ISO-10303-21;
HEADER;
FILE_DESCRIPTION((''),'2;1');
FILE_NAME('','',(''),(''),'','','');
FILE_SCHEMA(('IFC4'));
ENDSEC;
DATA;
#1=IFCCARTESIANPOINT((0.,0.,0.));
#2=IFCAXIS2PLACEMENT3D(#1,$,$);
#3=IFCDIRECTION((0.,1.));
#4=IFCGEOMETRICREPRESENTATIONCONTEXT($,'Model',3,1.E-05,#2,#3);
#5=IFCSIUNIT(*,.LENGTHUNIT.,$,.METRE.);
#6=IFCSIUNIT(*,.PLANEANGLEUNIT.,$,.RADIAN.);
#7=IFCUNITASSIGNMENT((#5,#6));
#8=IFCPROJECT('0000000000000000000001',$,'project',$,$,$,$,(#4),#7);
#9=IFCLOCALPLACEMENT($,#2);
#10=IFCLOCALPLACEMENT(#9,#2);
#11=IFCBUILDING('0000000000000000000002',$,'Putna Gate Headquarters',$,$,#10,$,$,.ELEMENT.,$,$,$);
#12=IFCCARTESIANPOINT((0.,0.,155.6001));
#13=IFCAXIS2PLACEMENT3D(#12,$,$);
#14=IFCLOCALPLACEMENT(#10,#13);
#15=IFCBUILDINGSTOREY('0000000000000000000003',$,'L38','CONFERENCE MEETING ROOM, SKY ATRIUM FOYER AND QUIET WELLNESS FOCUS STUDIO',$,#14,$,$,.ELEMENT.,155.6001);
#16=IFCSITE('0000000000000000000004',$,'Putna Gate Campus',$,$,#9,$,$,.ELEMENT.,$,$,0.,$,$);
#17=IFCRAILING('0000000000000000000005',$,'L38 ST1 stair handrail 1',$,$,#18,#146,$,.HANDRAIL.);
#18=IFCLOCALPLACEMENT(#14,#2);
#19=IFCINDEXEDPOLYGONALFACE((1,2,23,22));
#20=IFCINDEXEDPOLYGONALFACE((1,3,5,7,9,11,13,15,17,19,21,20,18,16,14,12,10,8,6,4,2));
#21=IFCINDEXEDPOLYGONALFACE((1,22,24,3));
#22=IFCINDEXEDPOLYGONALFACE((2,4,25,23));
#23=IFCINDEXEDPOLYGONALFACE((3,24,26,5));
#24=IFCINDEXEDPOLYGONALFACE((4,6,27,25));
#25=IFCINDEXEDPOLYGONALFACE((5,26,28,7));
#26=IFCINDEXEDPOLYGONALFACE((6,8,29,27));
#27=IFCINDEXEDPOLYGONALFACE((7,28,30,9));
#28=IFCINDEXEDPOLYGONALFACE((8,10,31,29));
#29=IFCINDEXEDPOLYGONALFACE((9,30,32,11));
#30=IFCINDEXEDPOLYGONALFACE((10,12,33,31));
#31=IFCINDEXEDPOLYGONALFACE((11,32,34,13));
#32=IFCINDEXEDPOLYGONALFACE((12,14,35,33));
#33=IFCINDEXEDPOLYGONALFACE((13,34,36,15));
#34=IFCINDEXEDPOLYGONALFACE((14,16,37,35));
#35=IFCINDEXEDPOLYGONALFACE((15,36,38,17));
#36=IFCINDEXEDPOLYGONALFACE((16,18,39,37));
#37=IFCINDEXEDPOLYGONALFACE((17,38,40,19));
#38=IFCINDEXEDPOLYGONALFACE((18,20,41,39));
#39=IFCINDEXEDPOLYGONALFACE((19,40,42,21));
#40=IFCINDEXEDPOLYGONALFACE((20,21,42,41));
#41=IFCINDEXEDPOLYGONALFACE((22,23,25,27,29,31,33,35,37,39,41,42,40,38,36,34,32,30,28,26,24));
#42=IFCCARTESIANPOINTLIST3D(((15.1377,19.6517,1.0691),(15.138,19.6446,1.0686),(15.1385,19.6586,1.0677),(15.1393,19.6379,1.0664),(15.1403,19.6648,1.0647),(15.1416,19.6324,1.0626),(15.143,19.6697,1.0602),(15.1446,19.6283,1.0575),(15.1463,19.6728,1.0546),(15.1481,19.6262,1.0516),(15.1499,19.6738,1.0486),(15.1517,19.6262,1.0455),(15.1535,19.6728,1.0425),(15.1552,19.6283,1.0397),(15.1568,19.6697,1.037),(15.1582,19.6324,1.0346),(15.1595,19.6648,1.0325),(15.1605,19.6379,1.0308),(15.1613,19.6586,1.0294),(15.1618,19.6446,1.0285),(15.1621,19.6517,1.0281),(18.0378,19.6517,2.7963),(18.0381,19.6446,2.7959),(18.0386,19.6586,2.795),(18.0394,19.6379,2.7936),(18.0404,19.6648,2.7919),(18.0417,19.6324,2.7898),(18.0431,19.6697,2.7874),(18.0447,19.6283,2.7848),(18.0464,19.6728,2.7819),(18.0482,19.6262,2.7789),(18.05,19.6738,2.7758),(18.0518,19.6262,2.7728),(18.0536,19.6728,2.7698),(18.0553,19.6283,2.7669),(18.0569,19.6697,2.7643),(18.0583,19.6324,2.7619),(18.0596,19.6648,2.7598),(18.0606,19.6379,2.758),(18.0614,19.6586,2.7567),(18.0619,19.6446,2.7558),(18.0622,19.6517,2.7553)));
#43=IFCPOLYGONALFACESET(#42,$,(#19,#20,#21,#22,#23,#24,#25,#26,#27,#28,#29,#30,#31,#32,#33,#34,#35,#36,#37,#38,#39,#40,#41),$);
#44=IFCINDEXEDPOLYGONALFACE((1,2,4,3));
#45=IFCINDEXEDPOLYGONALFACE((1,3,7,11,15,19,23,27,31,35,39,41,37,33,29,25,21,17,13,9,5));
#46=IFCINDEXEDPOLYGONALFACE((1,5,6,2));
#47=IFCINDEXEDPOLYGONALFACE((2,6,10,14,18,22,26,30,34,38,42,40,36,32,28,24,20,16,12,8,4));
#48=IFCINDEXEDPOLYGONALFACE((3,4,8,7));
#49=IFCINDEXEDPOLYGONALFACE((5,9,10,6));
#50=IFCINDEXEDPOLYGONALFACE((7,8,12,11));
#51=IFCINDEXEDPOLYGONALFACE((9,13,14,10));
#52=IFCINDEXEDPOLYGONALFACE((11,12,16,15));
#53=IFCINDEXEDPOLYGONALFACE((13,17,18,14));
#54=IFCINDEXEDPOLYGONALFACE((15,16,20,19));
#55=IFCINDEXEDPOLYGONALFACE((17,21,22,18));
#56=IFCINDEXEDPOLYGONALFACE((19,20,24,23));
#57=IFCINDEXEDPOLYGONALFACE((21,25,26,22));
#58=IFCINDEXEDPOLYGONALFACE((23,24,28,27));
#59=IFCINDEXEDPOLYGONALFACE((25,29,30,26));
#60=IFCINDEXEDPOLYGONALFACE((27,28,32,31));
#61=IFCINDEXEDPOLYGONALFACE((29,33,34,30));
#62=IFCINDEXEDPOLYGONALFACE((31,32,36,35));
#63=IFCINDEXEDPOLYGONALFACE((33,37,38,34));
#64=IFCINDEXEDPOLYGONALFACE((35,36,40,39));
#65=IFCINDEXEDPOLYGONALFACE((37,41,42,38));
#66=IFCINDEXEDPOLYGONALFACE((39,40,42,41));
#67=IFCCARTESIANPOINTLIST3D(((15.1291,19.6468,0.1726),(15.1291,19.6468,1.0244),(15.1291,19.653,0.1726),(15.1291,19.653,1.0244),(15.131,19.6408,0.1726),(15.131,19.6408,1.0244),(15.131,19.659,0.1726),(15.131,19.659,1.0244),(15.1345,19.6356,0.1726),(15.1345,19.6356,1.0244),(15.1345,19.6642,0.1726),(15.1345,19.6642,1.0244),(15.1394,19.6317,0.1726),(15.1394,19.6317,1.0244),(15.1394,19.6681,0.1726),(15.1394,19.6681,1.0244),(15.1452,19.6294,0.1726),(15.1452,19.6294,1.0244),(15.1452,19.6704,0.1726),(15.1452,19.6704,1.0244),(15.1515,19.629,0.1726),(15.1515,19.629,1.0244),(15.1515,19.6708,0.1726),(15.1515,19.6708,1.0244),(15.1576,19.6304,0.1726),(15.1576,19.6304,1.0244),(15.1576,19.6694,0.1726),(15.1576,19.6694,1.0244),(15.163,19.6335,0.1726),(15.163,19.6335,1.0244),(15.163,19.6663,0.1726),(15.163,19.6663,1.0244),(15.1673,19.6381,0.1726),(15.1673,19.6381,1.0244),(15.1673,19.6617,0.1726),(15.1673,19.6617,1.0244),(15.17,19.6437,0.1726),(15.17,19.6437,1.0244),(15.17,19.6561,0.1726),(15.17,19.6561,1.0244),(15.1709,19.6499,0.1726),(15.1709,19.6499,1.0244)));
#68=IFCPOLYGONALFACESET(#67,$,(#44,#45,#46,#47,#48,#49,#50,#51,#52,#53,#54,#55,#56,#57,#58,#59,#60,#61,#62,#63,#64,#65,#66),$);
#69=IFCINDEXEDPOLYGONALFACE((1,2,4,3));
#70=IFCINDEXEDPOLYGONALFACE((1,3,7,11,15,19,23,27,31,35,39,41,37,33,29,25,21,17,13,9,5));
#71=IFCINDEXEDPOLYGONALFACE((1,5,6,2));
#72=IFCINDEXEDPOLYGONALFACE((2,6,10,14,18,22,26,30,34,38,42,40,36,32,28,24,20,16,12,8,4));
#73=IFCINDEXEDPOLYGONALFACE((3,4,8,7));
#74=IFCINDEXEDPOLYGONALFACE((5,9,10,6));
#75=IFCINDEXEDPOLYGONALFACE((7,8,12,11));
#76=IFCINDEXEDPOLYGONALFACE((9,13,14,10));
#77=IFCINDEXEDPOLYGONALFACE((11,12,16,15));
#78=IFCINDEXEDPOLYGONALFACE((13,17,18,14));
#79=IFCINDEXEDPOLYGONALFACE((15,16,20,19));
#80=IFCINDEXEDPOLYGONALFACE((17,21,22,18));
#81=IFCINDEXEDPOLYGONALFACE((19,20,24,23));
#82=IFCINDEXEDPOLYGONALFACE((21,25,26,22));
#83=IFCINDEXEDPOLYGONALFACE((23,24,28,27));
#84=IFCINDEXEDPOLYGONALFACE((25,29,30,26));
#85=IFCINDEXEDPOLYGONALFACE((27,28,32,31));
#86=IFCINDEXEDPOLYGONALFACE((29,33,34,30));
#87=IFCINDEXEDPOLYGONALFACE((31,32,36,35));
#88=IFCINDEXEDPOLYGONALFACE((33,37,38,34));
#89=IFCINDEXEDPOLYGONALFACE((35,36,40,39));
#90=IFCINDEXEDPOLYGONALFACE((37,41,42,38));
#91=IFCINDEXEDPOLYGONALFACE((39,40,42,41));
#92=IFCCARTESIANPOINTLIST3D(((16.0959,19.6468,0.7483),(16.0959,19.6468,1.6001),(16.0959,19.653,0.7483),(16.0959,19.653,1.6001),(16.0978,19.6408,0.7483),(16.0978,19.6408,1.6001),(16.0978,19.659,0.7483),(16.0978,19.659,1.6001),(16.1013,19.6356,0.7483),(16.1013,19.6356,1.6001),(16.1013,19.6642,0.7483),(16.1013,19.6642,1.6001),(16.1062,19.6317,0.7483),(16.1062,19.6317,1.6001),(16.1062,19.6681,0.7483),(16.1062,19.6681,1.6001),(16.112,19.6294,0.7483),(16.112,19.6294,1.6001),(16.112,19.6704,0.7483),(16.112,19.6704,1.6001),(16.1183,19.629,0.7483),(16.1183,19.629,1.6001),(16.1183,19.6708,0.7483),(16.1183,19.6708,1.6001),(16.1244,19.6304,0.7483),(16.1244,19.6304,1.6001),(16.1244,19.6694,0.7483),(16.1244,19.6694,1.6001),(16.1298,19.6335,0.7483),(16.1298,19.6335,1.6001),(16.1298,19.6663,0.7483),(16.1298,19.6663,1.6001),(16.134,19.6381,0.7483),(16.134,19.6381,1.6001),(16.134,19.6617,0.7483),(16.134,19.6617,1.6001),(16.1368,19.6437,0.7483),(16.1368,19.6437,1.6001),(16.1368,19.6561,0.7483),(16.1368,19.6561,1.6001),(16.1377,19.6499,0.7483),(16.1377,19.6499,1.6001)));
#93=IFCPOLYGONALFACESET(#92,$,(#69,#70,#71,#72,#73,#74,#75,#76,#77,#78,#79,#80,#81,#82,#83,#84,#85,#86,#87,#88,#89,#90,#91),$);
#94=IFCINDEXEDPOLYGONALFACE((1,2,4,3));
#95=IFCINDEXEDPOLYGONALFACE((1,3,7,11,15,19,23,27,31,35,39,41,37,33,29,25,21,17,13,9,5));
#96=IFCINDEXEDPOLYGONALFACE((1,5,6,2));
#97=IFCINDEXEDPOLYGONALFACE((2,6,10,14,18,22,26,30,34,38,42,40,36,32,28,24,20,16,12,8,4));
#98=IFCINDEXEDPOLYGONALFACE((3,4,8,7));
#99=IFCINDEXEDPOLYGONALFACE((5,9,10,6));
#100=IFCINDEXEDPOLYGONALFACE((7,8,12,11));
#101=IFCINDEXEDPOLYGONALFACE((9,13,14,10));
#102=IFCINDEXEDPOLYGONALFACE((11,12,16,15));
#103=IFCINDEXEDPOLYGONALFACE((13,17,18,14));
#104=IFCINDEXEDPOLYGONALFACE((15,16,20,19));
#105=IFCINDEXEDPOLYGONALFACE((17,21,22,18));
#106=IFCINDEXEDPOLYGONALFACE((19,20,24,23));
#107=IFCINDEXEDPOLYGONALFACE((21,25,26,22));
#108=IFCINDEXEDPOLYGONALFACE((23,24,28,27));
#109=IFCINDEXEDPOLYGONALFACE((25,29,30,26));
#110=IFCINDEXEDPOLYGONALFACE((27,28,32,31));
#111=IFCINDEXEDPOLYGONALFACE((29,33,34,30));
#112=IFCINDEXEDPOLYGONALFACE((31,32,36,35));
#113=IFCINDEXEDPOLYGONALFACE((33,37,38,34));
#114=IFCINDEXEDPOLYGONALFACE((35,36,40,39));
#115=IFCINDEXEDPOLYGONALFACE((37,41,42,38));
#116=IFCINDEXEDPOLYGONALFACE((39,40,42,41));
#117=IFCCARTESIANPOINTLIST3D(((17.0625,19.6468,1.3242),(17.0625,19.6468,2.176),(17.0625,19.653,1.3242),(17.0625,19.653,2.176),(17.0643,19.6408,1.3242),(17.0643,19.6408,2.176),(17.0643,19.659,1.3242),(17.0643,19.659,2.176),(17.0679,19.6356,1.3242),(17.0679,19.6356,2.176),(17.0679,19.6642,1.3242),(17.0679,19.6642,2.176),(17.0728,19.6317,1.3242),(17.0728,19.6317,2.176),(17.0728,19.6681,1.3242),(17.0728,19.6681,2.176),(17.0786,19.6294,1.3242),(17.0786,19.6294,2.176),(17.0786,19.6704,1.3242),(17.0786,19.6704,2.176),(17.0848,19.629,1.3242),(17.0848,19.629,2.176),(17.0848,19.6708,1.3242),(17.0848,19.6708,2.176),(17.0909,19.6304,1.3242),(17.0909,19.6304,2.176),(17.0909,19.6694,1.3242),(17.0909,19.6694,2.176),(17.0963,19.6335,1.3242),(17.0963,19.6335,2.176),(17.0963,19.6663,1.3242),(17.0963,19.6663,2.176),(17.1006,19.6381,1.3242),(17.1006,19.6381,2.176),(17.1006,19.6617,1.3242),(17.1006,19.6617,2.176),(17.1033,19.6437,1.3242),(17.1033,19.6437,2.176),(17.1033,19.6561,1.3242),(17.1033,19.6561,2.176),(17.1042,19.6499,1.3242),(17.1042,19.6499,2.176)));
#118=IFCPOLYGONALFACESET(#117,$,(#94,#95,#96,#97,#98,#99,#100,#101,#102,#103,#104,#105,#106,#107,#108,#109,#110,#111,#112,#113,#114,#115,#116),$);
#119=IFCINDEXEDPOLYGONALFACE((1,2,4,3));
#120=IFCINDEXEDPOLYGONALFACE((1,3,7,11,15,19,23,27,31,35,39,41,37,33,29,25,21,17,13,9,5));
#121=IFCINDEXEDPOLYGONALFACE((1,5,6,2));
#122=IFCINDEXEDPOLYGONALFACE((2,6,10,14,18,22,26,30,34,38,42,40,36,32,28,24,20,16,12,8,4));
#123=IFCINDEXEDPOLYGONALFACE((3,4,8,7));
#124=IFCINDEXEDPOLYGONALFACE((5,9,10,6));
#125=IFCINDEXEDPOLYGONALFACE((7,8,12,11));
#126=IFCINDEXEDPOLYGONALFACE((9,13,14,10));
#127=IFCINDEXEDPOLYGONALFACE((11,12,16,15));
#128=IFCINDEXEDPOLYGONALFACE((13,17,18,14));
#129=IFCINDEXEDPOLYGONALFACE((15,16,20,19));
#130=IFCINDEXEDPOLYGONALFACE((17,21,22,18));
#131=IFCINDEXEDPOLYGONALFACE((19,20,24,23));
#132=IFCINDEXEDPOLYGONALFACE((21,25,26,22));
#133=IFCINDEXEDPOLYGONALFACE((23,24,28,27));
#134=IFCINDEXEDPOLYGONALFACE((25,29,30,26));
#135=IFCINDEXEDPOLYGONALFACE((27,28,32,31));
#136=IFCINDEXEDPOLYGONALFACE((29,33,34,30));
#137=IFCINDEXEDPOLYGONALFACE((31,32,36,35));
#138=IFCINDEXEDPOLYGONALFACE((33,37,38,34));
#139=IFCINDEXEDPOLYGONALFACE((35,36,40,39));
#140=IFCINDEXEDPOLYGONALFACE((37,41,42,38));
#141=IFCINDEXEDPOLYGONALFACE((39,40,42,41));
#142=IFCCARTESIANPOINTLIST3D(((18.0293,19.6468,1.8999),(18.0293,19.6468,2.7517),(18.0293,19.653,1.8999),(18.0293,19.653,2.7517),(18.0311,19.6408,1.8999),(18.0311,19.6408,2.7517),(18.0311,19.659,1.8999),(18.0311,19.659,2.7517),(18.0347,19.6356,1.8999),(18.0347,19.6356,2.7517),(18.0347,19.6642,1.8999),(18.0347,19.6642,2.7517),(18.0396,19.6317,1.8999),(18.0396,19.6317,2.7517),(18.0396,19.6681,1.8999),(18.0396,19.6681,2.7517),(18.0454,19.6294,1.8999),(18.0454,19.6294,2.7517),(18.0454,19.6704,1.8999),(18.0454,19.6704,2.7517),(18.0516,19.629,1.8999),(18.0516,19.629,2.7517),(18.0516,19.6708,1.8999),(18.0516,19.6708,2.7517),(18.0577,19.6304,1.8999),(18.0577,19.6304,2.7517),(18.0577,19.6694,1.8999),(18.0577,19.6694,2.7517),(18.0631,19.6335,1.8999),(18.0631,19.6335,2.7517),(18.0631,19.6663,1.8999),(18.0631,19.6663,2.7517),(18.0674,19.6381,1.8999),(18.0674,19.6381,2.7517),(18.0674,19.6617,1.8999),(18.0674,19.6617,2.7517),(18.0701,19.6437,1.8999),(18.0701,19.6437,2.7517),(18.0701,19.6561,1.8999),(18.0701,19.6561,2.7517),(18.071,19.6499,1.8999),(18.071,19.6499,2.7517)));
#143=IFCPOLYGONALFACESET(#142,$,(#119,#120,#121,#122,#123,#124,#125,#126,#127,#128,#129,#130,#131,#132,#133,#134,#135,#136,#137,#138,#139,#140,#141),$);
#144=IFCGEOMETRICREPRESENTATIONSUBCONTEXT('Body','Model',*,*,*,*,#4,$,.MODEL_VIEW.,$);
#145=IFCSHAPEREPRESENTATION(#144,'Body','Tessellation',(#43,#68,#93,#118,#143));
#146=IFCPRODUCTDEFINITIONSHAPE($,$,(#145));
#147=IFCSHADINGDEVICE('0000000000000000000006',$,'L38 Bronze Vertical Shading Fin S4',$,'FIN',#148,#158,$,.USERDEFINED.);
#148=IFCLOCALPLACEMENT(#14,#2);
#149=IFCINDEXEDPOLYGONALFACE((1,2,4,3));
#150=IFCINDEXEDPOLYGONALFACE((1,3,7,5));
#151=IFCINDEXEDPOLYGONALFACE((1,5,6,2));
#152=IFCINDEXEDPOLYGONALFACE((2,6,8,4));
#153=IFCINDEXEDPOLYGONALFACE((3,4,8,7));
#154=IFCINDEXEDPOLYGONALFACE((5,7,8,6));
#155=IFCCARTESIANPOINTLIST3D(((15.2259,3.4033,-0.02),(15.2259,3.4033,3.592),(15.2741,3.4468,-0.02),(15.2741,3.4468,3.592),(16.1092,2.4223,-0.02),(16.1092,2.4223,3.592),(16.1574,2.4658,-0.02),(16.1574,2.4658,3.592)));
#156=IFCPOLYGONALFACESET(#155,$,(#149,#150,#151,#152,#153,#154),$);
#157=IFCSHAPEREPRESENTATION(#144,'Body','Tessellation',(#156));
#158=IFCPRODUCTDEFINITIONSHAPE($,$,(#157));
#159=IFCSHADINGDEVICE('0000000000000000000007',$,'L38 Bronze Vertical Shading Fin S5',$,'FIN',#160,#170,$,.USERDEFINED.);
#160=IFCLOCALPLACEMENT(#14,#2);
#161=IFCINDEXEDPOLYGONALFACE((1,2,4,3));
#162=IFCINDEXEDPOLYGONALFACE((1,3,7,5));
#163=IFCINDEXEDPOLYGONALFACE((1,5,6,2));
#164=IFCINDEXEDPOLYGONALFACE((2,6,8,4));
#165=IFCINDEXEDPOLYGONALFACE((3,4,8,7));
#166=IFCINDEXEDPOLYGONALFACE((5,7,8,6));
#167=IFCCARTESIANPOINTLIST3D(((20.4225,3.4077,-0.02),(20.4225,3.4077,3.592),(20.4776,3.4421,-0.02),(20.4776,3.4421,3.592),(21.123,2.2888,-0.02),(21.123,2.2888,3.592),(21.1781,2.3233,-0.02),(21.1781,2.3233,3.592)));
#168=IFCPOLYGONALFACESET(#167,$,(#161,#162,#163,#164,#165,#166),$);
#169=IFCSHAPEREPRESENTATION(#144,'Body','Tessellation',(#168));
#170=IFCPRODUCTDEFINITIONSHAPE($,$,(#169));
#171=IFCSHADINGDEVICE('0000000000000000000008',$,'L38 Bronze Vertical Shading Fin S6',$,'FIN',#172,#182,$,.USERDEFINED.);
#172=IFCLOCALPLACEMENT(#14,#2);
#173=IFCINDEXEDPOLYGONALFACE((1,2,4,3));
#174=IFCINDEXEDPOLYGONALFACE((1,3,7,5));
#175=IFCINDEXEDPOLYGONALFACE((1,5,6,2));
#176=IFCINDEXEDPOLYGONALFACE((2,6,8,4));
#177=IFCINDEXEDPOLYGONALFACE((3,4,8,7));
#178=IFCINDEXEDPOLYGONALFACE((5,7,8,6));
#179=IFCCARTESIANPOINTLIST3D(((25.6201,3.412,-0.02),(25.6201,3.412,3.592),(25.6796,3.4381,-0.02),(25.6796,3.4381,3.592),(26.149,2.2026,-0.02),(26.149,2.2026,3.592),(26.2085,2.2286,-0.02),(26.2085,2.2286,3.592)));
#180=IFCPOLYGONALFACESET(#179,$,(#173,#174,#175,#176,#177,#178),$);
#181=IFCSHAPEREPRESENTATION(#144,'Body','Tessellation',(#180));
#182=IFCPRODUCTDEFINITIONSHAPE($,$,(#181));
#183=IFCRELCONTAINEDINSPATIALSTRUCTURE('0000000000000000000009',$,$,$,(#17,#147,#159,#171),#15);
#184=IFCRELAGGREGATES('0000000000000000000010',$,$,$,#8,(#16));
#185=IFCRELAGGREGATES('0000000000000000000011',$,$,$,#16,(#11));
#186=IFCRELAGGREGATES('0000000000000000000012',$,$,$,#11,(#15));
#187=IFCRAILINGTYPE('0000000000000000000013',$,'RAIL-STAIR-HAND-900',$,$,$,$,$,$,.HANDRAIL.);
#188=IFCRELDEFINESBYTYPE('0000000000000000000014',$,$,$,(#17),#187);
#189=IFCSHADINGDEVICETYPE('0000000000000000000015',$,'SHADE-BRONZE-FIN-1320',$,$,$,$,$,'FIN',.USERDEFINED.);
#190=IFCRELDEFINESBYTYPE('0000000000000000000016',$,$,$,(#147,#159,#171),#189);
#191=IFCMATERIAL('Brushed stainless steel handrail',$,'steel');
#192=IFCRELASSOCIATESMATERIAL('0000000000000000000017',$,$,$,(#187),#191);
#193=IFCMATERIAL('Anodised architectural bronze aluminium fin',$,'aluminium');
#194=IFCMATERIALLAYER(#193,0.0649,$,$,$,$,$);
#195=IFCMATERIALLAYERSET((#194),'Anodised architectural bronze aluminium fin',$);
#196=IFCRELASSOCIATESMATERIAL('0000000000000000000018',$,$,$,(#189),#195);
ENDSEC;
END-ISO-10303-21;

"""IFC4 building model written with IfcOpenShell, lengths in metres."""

from ifc_helpers import new_model, si_unit, direction, frame, origin, origin_2d, place, context, subcontext, project, spatial, rectangle, circle, extrude, material, layer, layer_set, type_object, element, save


model = new_model("IFC4")

# Units and contexts
model_context = context("Model", 3, precision=1e-05, world=origin(), true_north=direction((0.0, 1.0)))
body_context = subcontext(model_context, "Body", "Model", "MODEL_VIEW")
ifc_project = project(units=[si_unit("LENGTHUNIT", "METRE"), si_unit("PLANEANGLEUNIT", "RADIAN")], contexts=[model_context])

# Site, building, storey
site_placement = place(None, origin())
site = spatial("IfcSite", under=ifc_project, at=site_placement, Name="Putna Gate Campus", CompositionType="ELEMENT", RefElevation=0.0)
building_placement = place(site_placement, origin())
building = spatial("IfcBuilding", under=site, at=building_placement, Name="Putna Gate Headquarters", CompositionType="ELEMENT")
storey_placement = place(building_placement, frame((0.0, 0.0, 155.6001)))
storey = spatial("IfcBuildingStorey", under=building, at=storey_placement, Name="L38", Description="CONFERENCE MEETING ROOM, SKY ATRIUM FOYER AND QUIET WELLNESS FOCUS STUDIO", CompositionType="ELEMENT", Elevation=155.6001)

# Railing
ifc_material_1 = material(Name="Brushed stainless steel handrail", Category="steel")
railing_type_1 = type_object("IfcRailingType", Name="RAIL-STAIR-HAND-900", PredefinedType="HANDRAIL", material=ifc_material_1)
railing_1_placement = place(storey_placement, frame((15.1499, 19.6499, 0.1726)))
element("IfcRailing", 1, at=railing_1_placement, inside=storey, type_object=railing_type_1, Name="L38 ST1 stair handrail 1", PredefinedType="HANDRAIL", context=body_context, shape_type="SweptSolid", body=[
    extrude(circle(Radius=0.0239, at=origin_2d()), frame((0.0, 0.0, 0.876), z_axis=(0.85916, 0.0, 0.511706), x_axis=(0.0, 1.0, 0.0)), (0.0, 0.0, 1.0), 3.3755),
    extrude(circle(Radius=0.021, at=origin_2d()), origin(), (0.0, 0.0, 1.0), 0.8518),
    extrude(circle(Radius=0.021, at=origin_2d()), frame((0.9668, 0.0, 0.5757)), (0.0, 0.0, 1.0), 0.8518),
    extrude(circle(Radius=0.021, at=origin_2d()), frame((1.9333, 0.0, 1.1516)), (0.0, 0.0, 1.0), 0.8518),
    extrude(circle(Radius=0.021, at=origin_2d()), frame((2.9001, 0.0, 1.7273)), (0.0, 0.0, 1.0), 0.8518),
])

# Shading devices
ifc_material_2 = material(Name="Anodised architectural bronze aluminium fin", Category="aluminium")
ifc_layer_1 = layer(ifc_material_2, 0.0649)
ifc_layer_set_1 = layer_set([ifc_layer_1], Name="Anodised architectural bronze aluminium fin")
shading_device_type = type_object("IfcShadingDeviceType", Name="SHADE-BRONZE-FIN-1320", ElementType="FIN", PredefinedType="USERDEFINED", material=ifc_layer_set_1)
for number, where, z_axis, x_axis, name in (
    (2, (15.6917, 2.9346, -0.02), (0.0, 0.0, 1.0), (0.669131, -0.743145, 0.0), "L38 Bronze Vertical Shading Fin S4"),
    (3, (20.8003, 2.8655, -0.02), (0.0, 0.0, 1.0), (0.530659, -0.847585, 0.0), "L38 Bronze Vertical Shading Fin S5"),
    (4, (25.9143, 2.8203, -0.02), (0.0, 0.0, 1.0), (0.400669, -0.916223, 0.0), "L38 Bronze Vertical Shading Fin S6"),
):
    element("IfcShadingDevice", number, at=place(storey_placement, frame(where, z_axis=z_axis, x_axis=x_axis)), inside=storey, type_object=shading_device_type, Name=name, ObjectType="FIN", PredefinedType="USERDEFINED", context=body_context, shape_type="SweptSolid", body=[
        extrude(rectangle(XDim=1.3201, YDim=0.0649, at=origin_2d()), origin(), (0.0, 0.0, 1.0), 3.6121),
    ])

save(model, "model.ifc")
